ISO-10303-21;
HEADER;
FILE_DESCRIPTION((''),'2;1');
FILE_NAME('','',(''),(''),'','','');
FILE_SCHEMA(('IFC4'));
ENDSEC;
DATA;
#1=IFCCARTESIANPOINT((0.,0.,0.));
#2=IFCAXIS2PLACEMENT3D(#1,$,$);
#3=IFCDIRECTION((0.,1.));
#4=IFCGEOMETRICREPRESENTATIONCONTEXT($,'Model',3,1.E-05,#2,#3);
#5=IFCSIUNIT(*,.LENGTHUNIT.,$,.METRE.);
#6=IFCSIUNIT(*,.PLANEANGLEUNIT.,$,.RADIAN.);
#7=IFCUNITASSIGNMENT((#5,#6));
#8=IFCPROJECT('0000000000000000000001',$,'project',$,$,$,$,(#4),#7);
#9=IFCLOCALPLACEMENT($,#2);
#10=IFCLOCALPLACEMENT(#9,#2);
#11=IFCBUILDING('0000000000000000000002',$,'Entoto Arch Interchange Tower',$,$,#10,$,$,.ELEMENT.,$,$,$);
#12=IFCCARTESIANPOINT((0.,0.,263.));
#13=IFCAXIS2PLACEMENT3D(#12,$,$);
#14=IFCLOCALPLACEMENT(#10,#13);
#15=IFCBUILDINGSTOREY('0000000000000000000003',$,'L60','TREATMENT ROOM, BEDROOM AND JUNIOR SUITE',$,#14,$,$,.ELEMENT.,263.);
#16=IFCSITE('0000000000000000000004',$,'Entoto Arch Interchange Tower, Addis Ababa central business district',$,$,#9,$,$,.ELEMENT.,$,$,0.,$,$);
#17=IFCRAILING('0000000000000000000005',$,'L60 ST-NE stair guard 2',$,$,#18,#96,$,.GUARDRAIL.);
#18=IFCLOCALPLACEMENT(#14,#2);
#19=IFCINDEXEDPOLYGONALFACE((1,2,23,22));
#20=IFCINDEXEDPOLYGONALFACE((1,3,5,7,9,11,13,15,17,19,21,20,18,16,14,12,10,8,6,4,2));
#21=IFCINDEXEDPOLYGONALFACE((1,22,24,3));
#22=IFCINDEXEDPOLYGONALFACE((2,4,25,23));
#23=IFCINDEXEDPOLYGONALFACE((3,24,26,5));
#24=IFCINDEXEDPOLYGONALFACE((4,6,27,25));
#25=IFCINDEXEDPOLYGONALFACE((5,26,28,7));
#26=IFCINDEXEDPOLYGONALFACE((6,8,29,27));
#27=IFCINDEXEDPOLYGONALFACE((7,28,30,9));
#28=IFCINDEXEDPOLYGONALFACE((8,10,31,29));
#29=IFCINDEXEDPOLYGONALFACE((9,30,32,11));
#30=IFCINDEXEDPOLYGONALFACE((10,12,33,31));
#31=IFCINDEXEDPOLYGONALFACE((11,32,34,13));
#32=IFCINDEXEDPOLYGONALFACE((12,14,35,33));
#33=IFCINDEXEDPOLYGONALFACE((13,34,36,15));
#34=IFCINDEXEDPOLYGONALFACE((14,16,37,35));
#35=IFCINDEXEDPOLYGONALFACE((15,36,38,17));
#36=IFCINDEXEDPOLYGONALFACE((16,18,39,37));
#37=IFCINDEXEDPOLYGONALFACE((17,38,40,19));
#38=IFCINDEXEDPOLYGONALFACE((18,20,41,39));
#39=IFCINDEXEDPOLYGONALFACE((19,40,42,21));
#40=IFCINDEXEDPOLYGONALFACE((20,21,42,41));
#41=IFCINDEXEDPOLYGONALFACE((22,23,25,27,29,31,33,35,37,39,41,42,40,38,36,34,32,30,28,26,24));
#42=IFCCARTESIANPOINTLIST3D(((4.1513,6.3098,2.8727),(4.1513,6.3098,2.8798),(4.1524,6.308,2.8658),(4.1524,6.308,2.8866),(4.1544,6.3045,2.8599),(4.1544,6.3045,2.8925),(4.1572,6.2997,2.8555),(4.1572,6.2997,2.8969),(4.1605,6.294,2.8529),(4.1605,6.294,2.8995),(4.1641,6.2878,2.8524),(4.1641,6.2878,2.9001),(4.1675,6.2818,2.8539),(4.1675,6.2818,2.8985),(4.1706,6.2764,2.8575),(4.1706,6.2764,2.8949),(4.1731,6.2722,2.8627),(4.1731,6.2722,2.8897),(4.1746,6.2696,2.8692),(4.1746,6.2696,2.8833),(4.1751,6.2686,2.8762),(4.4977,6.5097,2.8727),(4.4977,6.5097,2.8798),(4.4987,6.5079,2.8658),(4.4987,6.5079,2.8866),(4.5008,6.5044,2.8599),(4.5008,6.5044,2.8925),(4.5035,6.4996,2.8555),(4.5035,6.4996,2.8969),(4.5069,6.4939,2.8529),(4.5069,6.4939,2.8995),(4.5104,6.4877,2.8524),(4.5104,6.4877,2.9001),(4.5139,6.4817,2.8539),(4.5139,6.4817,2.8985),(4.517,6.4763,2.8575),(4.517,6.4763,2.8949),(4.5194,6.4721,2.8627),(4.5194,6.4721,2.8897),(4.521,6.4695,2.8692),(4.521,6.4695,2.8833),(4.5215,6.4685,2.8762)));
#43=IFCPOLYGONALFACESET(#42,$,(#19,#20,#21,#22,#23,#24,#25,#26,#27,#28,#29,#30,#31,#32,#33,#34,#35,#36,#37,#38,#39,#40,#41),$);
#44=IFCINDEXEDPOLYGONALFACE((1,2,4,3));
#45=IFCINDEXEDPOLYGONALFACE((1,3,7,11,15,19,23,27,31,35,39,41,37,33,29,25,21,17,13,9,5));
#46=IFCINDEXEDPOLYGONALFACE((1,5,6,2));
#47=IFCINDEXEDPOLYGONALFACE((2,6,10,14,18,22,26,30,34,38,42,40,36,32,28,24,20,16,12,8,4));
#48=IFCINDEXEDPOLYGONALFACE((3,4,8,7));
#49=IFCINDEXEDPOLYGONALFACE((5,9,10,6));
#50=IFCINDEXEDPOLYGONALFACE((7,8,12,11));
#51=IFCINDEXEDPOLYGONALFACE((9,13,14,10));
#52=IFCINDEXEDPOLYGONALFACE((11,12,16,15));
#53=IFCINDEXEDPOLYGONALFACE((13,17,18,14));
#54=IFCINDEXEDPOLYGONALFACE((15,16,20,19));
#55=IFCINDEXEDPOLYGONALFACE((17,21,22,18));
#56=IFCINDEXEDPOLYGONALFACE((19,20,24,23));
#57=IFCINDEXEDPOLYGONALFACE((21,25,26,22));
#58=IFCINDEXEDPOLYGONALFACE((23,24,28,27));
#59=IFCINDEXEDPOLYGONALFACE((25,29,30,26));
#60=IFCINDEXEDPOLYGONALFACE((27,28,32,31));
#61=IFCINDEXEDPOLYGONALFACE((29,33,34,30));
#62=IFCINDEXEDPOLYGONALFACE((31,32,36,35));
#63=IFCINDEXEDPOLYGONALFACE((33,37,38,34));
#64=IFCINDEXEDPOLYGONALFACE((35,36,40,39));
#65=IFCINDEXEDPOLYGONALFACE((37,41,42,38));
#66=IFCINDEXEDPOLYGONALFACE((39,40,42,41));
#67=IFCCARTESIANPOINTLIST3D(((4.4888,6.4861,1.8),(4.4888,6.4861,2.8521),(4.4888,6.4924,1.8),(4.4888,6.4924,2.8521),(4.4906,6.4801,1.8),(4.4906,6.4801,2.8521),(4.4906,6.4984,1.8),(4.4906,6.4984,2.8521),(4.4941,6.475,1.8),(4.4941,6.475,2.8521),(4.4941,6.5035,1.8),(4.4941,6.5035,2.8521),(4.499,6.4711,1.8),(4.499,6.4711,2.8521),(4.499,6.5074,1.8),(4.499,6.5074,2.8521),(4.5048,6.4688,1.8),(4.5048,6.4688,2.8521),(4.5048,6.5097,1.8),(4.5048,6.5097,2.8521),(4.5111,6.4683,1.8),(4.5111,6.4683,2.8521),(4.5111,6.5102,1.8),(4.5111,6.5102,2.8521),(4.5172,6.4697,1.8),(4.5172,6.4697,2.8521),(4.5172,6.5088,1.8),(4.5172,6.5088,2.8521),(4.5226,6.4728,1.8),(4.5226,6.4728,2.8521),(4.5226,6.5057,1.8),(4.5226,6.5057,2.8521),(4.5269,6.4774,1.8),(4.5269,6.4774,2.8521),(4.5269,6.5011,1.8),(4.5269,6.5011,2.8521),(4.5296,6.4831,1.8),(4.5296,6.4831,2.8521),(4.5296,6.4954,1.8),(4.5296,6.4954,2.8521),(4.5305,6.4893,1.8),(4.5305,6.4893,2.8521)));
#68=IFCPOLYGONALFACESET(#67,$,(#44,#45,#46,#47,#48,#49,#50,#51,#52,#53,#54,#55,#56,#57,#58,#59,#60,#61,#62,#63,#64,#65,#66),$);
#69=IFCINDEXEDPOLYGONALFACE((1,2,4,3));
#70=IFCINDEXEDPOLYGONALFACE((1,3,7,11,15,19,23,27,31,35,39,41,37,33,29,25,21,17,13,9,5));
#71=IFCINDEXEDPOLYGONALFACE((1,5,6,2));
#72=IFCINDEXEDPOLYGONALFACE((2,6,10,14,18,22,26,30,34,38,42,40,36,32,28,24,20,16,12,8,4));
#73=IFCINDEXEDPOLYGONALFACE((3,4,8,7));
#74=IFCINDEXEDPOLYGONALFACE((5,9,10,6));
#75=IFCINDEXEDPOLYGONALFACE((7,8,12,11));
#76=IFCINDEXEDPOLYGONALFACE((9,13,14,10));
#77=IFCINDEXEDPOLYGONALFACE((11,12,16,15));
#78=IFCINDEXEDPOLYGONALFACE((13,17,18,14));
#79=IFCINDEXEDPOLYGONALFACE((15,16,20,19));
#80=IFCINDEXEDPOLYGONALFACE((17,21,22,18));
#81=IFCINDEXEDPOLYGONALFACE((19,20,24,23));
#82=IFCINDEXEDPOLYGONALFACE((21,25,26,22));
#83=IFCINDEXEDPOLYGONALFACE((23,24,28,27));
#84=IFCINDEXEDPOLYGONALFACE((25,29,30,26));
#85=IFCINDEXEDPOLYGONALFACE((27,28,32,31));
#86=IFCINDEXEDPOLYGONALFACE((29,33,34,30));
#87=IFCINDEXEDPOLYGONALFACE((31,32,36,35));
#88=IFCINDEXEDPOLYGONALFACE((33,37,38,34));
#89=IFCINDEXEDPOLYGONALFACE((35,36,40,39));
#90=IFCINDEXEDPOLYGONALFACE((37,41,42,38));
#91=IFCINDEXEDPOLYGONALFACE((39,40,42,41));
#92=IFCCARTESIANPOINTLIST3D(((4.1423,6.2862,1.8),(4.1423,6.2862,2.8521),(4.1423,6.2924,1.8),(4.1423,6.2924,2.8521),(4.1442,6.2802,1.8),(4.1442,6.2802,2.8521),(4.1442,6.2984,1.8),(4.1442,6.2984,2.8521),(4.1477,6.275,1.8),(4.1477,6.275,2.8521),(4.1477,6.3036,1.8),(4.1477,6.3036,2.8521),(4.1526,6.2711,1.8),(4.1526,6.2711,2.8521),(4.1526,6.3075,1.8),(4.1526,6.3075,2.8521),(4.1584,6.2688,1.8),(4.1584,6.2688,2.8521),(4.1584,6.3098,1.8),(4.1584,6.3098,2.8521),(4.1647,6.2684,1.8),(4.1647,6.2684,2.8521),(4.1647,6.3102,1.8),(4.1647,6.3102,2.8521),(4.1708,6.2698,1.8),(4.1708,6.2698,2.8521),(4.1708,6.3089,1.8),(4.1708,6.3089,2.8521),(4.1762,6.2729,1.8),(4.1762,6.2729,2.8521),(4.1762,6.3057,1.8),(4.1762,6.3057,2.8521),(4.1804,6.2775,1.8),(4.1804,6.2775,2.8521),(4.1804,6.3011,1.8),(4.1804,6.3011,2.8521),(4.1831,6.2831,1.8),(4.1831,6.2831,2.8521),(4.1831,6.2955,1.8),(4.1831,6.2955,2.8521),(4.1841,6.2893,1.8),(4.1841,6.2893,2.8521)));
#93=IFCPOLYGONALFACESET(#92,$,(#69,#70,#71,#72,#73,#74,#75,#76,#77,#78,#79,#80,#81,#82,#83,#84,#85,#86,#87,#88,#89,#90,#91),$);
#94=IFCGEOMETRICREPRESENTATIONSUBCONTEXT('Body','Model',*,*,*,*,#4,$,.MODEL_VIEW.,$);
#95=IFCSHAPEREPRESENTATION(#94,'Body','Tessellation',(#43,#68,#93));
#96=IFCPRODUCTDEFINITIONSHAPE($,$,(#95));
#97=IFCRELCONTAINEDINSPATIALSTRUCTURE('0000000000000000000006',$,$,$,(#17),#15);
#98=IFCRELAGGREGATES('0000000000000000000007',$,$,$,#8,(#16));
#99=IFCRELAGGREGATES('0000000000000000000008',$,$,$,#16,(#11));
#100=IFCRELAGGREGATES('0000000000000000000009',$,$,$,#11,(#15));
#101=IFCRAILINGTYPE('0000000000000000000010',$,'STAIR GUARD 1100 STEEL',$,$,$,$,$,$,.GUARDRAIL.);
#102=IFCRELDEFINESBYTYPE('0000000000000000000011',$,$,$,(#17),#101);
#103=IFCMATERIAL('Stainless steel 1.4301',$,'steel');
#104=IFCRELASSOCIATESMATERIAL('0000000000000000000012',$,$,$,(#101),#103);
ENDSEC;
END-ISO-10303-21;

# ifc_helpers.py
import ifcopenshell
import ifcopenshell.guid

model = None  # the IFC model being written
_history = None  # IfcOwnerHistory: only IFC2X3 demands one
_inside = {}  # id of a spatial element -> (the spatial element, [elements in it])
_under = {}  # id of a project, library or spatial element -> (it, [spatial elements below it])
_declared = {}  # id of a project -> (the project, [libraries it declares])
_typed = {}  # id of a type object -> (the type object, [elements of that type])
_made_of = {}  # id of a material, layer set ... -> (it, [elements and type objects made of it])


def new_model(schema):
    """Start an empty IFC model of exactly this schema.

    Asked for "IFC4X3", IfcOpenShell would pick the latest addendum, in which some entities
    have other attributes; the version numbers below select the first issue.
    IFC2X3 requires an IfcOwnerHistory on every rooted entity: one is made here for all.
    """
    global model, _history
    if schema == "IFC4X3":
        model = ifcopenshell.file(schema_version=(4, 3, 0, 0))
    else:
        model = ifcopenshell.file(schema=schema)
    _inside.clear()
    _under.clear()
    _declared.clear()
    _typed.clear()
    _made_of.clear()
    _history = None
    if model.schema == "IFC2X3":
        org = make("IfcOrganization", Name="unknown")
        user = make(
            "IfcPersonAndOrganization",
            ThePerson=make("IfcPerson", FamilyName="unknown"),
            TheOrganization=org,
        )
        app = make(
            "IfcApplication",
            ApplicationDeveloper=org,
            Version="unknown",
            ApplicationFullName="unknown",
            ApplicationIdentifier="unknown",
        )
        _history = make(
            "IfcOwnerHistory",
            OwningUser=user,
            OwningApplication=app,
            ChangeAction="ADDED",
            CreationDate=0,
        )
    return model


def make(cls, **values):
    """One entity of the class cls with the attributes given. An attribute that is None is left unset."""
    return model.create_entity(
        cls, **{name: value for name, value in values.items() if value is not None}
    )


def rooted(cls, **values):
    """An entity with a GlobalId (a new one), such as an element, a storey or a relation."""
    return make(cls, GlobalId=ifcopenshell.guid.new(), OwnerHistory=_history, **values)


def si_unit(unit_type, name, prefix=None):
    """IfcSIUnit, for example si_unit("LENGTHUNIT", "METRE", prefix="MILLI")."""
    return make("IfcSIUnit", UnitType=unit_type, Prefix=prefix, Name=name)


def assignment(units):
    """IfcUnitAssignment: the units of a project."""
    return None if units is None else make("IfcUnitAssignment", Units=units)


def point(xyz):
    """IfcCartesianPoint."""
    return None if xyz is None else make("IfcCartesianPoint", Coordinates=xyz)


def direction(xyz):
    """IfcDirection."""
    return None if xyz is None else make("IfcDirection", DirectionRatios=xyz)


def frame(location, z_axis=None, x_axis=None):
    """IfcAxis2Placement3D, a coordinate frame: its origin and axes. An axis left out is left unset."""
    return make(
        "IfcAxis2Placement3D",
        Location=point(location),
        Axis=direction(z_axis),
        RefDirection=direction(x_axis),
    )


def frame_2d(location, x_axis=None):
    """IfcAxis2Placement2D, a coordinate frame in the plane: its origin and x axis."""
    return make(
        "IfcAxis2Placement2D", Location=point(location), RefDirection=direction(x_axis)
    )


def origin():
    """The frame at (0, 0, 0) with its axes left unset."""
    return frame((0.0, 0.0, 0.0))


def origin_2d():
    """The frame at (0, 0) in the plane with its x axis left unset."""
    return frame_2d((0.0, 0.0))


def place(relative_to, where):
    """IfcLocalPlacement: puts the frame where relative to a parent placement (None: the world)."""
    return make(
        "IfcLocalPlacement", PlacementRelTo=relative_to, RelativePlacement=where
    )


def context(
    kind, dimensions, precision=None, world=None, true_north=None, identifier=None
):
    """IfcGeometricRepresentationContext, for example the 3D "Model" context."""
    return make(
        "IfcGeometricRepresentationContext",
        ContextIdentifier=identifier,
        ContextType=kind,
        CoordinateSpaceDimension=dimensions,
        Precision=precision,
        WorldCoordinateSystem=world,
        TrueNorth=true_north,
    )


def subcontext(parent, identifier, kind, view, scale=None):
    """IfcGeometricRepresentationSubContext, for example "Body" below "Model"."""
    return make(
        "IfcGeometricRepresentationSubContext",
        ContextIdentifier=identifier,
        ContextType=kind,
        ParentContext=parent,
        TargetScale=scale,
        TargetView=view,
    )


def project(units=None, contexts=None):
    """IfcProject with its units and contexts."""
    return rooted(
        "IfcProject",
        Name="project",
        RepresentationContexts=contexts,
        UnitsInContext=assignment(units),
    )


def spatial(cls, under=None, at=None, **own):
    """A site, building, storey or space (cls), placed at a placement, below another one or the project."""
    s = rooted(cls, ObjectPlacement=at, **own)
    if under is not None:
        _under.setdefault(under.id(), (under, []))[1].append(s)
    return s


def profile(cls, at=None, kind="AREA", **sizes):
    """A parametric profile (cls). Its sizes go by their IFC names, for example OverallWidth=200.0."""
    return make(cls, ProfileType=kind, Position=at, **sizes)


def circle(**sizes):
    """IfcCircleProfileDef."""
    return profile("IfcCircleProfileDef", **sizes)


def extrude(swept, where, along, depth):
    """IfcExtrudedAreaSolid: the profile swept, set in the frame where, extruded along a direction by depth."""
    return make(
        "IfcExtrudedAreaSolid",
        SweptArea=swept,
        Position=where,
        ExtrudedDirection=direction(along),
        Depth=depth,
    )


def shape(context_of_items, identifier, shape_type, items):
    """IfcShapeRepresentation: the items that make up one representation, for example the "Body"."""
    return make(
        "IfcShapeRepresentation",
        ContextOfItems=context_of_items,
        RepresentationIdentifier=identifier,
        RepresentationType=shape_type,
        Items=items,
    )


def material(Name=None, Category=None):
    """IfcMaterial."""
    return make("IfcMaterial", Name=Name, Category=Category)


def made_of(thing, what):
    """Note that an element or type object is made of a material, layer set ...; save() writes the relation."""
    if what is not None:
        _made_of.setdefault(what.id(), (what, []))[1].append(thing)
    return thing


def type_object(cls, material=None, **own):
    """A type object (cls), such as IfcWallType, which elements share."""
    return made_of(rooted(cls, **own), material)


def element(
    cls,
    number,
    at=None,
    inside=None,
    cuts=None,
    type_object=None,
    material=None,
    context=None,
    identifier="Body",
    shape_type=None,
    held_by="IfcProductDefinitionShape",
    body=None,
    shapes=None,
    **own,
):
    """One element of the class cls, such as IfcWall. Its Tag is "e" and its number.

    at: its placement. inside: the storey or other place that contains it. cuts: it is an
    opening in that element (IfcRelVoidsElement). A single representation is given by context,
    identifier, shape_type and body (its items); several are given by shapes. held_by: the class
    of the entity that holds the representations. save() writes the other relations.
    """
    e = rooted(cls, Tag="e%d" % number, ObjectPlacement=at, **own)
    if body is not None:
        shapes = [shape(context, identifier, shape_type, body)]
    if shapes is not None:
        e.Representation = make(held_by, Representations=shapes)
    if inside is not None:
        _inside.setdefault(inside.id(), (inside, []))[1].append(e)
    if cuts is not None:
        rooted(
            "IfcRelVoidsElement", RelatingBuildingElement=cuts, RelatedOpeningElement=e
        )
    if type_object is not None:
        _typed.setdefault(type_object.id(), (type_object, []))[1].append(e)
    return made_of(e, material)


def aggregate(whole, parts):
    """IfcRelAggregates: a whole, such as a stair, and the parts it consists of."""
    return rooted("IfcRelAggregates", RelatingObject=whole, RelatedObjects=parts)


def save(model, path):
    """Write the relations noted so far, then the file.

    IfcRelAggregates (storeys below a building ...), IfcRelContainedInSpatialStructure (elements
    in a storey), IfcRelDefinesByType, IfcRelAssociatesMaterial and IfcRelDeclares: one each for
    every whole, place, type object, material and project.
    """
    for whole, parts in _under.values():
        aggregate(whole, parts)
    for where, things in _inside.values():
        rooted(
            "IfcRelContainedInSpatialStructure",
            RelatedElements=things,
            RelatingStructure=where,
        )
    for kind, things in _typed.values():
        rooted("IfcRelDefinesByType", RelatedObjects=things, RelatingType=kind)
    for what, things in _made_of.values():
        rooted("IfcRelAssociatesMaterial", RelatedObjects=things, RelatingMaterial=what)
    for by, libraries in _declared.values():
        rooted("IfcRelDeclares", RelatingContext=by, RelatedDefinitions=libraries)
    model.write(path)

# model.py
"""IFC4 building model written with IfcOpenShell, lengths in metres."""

from ifc_helpers import new_model, si_unit, direction, frame, origin, origin_2d, place, context, subcontext, project, spatial, circle, extrude, material, type_object, element, save


model = new_model("IFC4")

# Units and contexts
model_context = context("Model", 3, precision=1e-05, world=origin(), true_north=direction((0.0, 1.0)))
body_context = subcontext(model_context, "Body", "Model", "MODEL_VIEW")
ifc_project = project(units=[si_unit("LENGTHUNIT", "METRE"), si_unit("PLANEANGLEUNIT", "RADIAN")], contexts=[model_context])

# Site, building, storey
site_placement = place(None, origin())
site = spatial("IfcSite", under=ifc_project, at=site_placement, Name="Entoto Arch Interchange Tower, Addis Ababa central business district", CompositionType="ELEMENT", RefElevation=0.0)
building_placement = place(site_placement, origin())
building = spatial("IfcBuilding", under=site, at=building_placement, Name="Entoto Arch Interchange Tower", CompositionType="ELEMENT")
storey_placement = place(building_placement, frame((0.0, 0.0, 263.0)))
storey = spatial("IfcBuildingStorey", under=building, at=storey_placement, Name="L60", Description="TREATMENT ROOM, BEDROOM AND JUNIOR SUITE", CompositionType="ELEMENT", Elevation=263.0)

# Railing
ifc_material_1 = material(Name="Stainless steel 1.4301", Category="steel")
railing_type_1 = type_object("IfcRailingType", Name="STAIR GUARD 1100 STEEL", PredefinedType="GUARDRAIL", material=ifc_material_1)
railing_1_placement = place(storey_placement, frame((4.5095, 6.4893, 1.8)))
element("IfcRailing", 1, at=railing_1_placement, inside=storey, type_object=railing_type_1, Name="L60 ST-NE stair guard 2", PredefinedType="GUARDRAIL", context=body_context, shape_type="SweptSolid", body=[
    extrude(circle(Radius=0.0239, at=origin_2d()), frame((0.0, 0.0, 1.0762), z_axis=(-0.866094, -0.499881, 0.0), x_axis=(0.499881, -0.866094, 0.0)), (0.0, 0.0, 1.0), 0.3999),
    extrude(circle(Radius=0.021, at=origin_2d()), origin(), (0.0, 0.0, 1.0), 1.052),
    extrude(circle(Radius=0.021, at=origin_2d()), frame((-0.3464, -0.2, 0.0)), (0.0, 0.0, 1.0), 1.052),
])

save(model, "model.ifc")
